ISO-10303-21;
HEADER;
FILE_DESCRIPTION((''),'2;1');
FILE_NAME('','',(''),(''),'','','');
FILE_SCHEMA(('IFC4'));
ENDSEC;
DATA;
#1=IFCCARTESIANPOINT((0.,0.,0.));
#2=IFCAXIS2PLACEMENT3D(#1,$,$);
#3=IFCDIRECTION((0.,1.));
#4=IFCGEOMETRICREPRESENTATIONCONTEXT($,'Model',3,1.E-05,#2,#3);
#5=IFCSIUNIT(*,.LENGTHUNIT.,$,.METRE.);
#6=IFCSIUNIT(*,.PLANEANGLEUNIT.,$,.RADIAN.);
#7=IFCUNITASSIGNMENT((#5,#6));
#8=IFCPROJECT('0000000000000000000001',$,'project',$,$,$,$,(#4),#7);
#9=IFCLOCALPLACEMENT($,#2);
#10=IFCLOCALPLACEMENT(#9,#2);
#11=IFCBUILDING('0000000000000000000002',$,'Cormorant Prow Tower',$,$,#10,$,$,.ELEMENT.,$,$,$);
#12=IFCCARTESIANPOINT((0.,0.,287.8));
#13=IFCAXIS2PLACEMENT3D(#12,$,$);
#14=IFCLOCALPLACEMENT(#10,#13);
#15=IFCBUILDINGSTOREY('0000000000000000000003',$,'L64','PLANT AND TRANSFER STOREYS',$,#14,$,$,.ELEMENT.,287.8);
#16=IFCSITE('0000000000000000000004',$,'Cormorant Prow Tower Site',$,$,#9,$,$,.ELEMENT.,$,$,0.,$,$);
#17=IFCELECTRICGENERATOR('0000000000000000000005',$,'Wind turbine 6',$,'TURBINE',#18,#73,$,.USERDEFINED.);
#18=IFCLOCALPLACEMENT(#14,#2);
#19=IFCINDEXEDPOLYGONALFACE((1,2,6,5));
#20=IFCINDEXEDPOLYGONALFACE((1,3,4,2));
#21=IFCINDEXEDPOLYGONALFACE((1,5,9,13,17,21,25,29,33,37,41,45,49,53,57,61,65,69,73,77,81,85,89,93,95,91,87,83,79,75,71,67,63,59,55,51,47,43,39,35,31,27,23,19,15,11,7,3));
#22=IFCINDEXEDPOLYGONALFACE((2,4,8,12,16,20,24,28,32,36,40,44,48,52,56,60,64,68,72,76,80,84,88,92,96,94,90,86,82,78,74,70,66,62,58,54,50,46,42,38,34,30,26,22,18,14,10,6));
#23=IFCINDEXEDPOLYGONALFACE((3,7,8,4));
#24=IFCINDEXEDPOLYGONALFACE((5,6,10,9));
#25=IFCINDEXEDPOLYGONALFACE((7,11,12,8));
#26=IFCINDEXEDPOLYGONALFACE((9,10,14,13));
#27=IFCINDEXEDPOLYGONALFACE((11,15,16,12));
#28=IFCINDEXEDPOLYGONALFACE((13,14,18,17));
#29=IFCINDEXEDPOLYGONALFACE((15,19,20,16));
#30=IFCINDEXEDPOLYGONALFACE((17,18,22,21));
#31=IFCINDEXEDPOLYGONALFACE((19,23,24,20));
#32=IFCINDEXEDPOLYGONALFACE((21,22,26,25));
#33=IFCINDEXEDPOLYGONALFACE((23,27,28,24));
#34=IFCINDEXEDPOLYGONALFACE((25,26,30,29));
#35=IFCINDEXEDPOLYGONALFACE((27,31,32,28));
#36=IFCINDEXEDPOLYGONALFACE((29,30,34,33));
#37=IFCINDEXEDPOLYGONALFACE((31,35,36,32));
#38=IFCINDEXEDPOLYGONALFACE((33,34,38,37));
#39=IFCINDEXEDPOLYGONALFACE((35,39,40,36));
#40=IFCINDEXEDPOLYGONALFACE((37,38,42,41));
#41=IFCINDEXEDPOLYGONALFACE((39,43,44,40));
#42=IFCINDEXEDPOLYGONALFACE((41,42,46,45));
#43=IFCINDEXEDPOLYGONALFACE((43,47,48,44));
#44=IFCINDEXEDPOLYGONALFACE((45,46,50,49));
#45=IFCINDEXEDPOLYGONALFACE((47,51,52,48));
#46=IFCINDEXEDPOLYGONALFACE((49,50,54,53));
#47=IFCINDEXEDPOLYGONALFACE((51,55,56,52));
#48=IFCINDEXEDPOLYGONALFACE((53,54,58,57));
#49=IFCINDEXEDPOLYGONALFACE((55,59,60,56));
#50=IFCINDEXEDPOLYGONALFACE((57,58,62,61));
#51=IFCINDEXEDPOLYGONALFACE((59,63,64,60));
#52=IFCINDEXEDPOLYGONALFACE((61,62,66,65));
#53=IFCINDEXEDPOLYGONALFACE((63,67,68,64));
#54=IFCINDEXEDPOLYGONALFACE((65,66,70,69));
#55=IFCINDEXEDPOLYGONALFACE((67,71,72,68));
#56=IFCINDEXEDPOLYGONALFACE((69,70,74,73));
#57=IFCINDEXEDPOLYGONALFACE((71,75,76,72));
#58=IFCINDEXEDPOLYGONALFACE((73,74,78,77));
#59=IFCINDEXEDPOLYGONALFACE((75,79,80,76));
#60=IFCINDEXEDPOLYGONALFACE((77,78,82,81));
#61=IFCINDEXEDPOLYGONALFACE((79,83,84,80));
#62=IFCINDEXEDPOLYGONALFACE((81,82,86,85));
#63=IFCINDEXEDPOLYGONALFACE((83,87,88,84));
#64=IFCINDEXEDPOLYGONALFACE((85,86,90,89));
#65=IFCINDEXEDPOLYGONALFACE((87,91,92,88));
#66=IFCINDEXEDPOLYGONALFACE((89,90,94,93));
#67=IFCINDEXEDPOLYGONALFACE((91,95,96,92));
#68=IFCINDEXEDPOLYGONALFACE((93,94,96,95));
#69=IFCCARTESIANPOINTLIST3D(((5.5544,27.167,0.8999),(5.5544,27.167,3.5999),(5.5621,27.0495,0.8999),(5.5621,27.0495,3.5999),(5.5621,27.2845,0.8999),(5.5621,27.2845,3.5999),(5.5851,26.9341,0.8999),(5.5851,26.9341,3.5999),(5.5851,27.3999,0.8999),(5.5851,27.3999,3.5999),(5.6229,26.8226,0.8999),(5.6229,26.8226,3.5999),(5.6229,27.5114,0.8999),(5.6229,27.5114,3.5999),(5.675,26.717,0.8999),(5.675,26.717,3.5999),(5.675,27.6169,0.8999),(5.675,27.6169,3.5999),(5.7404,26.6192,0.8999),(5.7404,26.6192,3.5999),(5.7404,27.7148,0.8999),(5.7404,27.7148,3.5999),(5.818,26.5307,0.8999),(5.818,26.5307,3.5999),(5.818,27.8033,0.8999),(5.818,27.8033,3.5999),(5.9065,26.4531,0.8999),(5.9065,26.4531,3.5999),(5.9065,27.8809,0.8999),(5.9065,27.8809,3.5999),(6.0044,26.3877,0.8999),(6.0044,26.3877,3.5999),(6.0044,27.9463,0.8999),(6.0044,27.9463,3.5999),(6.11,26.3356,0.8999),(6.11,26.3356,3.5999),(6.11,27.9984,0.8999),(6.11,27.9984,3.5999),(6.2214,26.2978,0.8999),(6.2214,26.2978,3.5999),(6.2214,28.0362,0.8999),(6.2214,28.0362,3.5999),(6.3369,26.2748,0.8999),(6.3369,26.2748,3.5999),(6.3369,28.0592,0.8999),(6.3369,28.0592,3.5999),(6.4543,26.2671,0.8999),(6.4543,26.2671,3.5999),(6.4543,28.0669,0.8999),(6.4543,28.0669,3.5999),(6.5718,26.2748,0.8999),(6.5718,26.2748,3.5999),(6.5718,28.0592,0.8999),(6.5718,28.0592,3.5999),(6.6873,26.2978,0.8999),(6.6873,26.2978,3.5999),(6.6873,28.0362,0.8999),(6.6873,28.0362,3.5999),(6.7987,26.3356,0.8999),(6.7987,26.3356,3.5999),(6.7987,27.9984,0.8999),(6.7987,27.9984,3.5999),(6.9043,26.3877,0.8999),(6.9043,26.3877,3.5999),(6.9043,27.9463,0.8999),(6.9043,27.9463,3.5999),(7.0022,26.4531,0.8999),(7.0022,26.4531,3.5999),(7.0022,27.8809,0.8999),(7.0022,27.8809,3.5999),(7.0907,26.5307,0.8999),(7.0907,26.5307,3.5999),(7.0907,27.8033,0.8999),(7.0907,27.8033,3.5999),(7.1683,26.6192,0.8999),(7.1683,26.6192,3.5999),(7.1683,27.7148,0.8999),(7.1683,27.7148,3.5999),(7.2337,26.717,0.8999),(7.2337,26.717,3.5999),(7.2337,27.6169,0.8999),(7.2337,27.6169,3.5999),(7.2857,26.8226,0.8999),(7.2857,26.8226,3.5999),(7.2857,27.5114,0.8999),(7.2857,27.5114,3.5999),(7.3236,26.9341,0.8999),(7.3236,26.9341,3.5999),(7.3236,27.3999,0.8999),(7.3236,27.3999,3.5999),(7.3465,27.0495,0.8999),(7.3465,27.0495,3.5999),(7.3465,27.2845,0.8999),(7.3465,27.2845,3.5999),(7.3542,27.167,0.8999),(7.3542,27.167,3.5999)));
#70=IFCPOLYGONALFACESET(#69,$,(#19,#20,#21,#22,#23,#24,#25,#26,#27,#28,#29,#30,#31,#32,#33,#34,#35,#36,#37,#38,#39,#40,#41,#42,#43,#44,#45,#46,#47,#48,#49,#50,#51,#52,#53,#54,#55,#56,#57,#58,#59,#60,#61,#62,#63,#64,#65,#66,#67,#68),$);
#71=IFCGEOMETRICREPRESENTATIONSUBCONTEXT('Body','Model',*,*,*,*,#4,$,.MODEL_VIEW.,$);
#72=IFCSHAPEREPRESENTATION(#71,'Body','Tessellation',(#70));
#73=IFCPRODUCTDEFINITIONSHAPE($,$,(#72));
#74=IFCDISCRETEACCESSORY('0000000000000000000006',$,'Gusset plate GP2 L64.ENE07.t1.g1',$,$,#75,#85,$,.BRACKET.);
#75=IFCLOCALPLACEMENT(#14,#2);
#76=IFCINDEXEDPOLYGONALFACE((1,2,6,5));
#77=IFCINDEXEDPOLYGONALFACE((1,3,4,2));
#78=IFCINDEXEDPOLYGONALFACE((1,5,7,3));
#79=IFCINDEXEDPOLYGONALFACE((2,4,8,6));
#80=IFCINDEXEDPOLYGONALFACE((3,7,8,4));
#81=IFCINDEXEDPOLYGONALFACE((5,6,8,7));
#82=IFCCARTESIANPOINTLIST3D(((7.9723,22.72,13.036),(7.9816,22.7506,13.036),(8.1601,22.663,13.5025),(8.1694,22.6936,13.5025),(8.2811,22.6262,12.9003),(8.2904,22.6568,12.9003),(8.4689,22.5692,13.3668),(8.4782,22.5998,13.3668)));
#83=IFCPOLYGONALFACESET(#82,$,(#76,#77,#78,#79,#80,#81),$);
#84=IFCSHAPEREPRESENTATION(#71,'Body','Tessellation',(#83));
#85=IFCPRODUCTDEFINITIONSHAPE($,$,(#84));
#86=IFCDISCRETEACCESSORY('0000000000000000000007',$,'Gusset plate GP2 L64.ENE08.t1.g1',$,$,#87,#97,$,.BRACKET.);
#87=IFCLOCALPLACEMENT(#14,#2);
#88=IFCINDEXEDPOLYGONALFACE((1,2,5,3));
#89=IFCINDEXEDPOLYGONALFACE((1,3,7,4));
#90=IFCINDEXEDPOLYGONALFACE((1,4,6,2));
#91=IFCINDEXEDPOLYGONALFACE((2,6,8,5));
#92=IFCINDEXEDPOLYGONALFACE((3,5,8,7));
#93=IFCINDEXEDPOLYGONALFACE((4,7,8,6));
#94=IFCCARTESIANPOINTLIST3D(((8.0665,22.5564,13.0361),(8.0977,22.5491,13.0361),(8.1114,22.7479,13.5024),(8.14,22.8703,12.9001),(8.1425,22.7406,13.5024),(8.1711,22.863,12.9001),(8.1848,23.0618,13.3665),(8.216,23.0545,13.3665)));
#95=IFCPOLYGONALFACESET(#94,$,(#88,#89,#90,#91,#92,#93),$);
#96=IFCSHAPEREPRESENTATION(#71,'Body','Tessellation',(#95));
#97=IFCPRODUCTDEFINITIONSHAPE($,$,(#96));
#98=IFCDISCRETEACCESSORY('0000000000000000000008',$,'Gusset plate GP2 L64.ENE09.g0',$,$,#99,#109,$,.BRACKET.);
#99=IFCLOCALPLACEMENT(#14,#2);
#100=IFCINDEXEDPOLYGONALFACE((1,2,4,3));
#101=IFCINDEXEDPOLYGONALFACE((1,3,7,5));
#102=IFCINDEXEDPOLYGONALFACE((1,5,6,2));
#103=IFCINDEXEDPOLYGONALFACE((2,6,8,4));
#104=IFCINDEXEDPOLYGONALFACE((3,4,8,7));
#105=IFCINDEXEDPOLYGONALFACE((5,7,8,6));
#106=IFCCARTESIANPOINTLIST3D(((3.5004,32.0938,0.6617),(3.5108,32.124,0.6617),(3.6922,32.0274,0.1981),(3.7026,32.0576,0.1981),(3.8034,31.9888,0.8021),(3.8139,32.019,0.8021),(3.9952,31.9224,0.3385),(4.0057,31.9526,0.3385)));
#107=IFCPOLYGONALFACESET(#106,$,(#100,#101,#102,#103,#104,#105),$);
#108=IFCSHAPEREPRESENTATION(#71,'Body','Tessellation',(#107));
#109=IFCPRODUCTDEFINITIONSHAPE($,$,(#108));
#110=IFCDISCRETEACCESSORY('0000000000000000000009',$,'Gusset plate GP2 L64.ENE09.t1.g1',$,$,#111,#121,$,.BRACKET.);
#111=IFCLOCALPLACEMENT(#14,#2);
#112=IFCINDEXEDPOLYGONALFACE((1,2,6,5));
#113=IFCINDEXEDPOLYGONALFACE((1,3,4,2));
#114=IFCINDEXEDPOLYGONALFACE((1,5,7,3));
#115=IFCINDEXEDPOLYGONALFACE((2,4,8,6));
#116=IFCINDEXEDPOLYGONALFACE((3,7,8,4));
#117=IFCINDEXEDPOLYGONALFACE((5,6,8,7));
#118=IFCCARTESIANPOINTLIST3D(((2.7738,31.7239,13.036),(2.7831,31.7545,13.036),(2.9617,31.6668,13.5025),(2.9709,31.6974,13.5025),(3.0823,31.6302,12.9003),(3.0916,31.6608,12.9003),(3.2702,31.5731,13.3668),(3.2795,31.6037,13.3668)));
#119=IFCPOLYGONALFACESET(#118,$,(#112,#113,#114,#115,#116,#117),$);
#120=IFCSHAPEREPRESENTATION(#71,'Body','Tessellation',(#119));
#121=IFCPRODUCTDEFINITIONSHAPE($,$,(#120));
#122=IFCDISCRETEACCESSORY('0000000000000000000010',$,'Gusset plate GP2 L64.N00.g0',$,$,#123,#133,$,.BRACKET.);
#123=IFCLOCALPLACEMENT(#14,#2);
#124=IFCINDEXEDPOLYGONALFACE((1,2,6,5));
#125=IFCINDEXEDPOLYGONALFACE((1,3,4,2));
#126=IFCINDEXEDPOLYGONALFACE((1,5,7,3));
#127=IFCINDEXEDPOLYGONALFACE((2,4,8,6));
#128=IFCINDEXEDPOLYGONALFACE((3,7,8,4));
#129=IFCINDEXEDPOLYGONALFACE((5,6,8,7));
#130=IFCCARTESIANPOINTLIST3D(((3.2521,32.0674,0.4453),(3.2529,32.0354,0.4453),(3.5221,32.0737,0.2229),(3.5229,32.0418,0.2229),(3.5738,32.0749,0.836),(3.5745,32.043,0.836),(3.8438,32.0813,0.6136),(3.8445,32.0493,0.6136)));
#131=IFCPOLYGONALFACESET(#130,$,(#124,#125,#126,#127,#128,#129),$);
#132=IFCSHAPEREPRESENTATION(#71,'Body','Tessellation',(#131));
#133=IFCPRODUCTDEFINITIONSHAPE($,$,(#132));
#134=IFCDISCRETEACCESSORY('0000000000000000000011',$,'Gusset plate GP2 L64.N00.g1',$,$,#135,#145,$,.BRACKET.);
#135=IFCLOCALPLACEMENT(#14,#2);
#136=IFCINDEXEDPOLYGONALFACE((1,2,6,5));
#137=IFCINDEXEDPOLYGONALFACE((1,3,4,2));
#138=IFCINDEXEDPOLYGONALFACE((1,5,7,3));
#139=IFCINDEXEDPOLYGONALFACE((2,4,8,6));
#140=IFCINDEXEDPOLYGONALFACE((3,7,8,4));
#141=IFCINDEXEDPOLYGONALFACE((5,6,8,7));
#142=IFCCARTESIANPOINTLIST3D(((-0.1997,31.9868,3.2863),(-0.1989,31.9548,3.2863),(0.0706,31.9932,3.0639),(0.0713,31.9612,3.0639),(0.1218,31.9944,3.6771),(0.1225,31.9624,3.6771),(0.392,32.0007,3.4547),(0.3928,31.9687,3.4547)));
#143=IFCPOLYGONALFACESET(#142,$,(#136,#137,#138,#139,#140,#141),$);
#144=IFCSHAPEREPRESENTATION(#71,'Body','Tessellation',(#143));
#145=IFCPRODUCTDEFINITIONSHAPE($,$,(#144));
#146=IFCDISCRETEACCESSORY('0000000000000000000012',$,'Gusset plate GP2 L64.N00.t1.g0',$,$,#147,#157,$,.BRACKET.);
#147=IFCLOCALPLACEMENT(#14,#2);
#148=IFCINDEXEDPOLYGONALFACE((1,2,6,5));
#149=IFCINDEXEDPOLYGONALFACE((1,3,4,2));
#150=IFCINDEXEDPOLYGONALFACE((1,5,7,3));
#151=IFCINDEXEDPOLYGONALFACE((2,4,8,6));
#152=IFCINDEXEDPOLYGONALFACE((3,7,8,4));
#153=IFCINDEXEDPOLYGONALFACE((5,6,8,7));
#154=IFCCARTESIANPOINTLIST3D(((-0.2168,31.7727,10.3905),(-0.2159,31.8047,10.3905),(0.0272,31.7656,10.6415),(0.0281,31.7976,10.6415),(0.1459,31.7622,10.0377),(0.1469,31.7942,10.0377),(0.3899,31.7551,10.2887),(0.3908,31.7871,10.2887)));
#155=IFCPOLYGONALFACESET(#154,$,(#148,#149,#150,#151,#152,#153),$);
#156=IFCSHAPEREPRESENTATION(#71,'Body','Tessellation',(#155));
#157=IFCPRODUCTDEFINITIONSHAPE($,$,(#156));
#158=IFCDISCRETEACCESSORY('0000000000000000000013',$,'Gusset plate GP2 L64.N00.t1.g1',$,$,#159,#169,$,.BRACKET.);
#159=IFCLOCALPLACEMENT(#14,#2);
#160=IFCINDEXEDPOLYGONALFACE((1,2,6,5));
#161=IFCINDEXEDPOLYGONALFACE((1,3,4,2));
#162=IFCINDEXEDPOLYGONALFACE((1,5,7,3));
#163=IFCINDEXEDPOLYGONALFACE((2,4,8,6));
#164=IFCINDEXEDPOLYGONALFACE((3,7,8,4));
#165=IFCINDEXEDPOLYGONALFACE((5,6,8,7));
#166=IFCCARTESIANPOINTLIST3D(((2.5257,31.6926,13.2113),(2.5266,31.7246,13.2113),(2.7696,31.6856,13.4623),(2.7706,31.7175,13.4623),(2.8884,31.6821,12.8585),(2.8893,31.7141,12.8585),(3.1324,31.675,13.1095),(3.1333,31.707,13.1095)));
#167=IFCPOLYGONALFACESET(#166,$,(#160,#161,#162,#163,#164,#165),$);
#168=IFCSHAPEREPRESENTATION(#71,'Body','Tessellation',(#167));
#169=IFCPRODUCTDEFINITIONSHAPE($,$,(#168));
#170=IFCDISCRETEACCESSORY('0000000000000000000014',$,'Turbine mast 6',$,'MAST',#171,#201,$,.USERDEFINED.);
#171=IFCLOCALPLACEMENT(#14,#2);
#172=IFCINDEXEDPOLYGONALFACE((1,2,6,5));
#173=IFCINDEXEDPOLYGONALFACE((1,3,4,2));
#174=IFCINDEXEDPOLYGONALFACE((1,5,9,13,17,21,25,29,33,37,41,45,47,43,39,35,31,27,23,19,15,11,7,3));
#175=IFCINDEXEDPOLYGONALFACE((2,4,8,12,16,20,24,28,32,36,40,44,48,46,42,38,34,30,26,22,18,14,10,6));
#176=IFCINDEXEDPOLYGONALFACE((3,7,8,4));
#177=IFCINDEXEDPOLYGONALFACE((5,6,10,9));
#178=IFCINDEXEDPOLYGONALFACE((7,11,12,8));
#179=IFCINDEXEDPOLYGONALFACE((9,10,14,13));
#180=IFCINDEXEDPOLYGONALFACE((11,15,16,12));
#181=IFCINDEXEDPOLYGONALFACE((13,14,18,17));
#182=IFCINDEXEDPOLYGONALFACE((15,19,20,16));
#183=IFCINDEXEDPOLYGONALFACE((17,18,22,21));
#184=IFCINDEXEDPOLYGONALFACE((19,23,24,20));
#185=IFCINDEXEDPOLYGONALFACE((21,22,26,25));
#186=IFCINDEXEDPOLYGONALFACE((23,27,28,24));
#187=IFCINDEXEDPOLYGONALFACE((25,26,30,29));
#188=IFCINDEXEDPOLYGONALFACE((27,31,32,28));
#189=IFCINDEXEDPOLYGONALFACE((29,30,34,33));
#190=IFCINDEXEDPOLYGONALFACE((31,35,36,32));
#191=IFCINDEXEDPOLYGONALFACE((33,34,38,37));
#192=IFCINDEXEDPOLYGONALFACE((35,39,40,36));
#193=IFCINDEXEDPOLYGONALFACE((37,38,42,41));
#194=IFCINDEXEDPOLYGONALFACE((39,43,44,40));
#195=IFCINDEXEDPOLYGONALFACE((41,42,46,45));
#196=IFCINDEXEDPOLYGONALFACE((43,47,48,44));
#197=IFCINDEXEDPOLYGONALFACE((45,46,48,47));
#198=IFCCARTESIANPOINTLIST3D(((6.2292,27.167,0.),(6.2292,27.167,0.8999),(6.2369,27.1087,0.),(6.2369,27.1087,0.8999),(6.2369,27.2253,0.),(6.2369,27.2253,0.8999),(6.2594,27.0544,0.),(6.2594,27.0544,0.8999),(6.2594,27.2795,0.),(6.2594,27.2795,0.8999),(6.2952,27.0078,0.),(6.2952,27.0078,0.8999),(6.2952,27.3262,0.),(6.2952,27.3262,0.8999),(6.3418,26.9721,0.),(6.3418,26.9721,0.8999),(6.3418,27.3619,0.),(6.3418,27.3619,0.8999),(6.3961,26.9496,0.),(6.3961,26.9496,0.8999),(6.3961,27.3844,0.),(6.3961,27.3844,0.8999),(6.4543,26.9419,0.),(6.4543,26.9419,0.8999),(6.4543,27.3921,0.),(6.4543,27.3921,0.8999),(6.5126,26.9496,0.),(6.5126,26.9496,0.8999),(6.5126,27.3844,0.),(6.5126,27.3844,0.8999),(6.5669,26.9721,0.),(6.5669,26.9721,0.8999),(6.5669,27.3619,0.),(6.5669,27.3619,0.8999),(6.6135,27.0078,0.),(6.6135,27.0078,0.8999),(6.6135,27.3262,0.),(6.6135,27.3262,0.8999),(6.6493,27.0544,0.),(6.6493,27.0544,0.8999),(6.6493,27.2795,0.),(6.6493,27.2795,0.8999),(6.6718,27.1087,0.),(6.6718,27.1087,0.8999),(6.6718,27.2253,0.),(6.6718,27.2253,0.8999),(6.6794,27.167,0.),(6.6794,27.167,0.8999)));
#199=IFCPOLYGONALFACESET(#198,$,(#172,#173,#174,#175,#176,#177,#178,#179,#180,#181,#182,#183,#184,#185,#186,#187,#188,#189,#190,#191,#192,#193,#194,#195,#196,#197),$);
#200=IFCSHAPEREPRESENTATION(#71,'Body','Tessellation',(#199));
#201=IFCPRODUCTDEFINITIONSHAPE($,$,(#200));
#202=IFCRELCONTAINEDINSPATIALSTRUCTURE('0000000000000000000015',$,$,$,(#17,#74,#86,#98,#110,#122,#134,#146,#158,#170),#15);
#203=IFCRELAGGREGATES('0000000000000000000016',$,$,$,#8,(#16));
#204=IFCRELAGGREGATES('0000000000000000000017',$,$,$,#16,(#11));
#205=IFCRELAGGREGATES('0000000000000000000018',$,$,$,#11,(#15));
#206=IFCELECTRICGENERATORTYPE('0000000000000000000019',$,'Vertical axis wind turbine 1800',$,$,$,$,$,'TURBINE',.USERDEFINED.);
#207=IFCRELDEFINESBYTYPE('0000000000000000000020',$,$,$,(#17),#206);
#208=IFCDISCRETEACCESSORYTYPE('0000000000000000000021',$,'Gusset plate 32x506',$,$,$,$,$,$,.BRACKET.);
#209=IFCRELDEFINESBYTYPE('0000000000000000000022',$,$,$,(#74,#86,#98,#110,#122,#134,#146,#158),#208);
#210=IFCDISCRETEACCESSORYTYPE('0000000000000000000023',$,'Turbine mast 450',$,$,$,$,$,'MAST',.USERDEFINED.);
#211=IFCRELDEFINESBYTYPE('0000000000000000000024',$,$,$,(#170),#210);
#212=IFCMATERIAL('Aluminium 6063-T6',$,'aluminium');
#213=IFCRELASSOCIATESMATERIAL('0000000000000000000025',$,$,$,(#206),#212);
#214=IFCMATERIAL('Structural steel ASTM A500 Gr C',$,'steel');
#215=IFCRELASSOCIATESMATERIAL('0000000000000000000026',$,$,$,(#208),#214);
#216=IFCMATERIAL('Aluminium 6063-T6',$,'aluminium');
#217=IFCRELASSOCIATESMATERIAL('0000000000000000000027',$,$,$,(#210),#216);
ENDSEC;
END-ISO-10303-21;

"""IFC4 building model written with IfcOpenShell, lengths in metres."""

from ifc_helpers import new_model, si_unit, direction, frame, origin, origin_2d, place, context, subcontext, project, spatial, rectangle, circle, extrude, material, material_profile, profile_set, type_object, element, save


model = new_model("IFC4")

# Units and contexts
model_context = context("Model", 3, precision=1e-05, world=origin(), true_north=direction((0.0, 1.0)))
body_context = subcontext(model_context, "Body", "Model", "MODEL_VIEW")
ifc_project = project(units=[si_unit("LENGTHUNIT", "METRE"), si_unit("PLANEANGLEUNIT", "RADIAN")], contexts=[model_context])

# Site, building, storey
site_placement = place(None, origin())
site = spatial("IfcSite", under=ifc_project, at=site_placement, Name="Cormorant Prow Tower Site", CompositionType="ELEMENT", RefElevation=0.0)
building_placement = place(site_placement, origin())
building = spatial("IfcBuilding", under=site, at=building_placement, Name="Cormorant Prow Tower", CompositionType="ELEMENT")
storey_placement = place(building_placement, frame((0.0, 0.0, 287.8)))
storey = spatial("IfcBuildingStorey", under=building, at=storey_placement, Name="L64", Description="PLANT AND TRANSFER STOREYS", CompositionType="ELEMENT", Elevation=287.8)

# Electric generator
ifc_material_1 = material(Name="Aluminium 6063-T6", Category="aluminium")
ifc_material_profile_1 = material_profile(ifc_material_1, circle(Radius=0.8999, at=origin_2d()), Name="Vertical axis wind turbine 1800")
ifc_profile_set_1 = profile_set([ifc_material_profile_1], Name="Aluminium 6063-T6")
electric_generator_type = type_object("IfcElectricGeneratorType", Name="Vertical axis wind turbine 1800", ElementType="TURBINE", PredefinedType="USERDEFINED", material=ifc_profile_set_1)
electric_generator_placement = place(storey_placement, frame((6.4543, 27.167, 0.8999), z_axis=(0.0, 0.0, 1.0), x_axis=(1.0, 0.0, 0.0)))
element("IfcElectricGenerator", 1, at=electric_generator_placement, inside=storey, type_object=electric_generator_type, Name="Wind turbine 6", ObjectType="TURBINE", PredefinedType="USERDEFINED", context=body_context, shape_type="SweptSolid", body=[
    extrude(circle(Radius=0.8999, at=origin_2d()), origin(), (0.0, 0.0, 1.0), 2.7),
])

# Discrete accessories
ifc_material_2 = material(Name="Structural steel ASTM A500 Gr C", Category="steel")
ifc_material_profile_2 = material_profile(ifc_material_2, rectangle(XDim=0.032, YDim=0.5061, at=origin_2d()), Name="Gusset plate 32x506")
ifc_profile_set_2 = profile_set([ifc_material_profile_2], Name="Structural steel ASTM A500 Gr C")
discrete_accessory_type_1 = type_object("IfcDiscreteAccessoryType", Name="Gusset plate 32x506", PredefinedType="BRACKET", material=ifc_profile_set_2)
discrete_accessory_1_placement = place(storey_placement, frame((8.3796, 22.613, 13.1335), z_axis=(-0.882049, 0.267752, 0.387683), x_axis=(-0.290469, -0.956884, 0.0)))
element("IfcDiscreteAccessory", 2, at=discrete_accessory_1_placement, inside=storey, type_object=discrete_accessory_type_1, Name="Gusset plate GP2 L64.ENE07.t1.g1", PredefinedType="BRACKET", context=body_context, shape_type="SweptSolid", body=[
    extrude(rectangle(XDim=0.032, YDim=0.5061, at=origin_2d()), origin(), (0.0, 0.0, 1.0), 0.3501),
])
discrete_accessory_2_placement = place(storey_placement, frame((8.178, 22.9624, 13.1333), z_axis=(-0.20999, -0.897165, 0.388586), x_axis=(0.973685, -0.2279, 0.0)))
element("IfcDiscreteAccessory", 3, at=discrete_accessory_2_placement, inside=storey, type_object=discrete_accessory_type_1, Name="Gusset plate GP2 L64.ENE08.t1.g1", PredefinedType="BRACKET", context=body_context, shape_type="SweptSolid", body=[
    extrude(rectangle(XDim=0.032, YDim=0.5061, at=origin_2d()), origin(), (0.0, 0.0, 1.0), 0.3499),
])
discrete_accessory_3_placement = place(storey_placement, frame((3.9045, 31.9707, 0.5703), z_axis=(-0.865569, 0.299915, -0.401049), x_axis=(-0.327398, -0.944886, 0.0)))
element("IfcDiscreteAccessory", 4, at=discrete_accessory_3_placement, inside=storey, type_object=discrete_accessory_type_1, Name="Gusset plate GP2 L64.ENE09.g0", PredefinedType="BRACKET", context=body_context, shape_type="SweptSolid", body=[
    extrude(rectangle(XDim=0.032, YDim=0.5061, at=origin_2d()), origin(), (0.0, 0.0, 1.0), 0.3501),
])
for number, where, z_axis, x_axis, name in (
    (5, (3.1809, 31.6169, 13.1335), (-0.881894, 0.267917, 0.387922), (-0.29068, -0.95682, 0.0), "Gusset plate GP2 L64.ENE09.t1.g1"),
    (6, (3.4133, 32.0552, 0.6406), (0.771743, 0.018142, -0.635676), (-0.023502, 0.999724, 0.0), "Gusset plate GP2 L64.N00.g0"),
):
    element("IfcDiscreteAccessory", number, at=place(storey_placement, frame(where, z_axis=z_axis, x_axis=x_axis)), inside=storey, type_object=discrete_accessory_type_1, Name=name, PredefinedType="BRACKET", context=body_context, shape_type="SweptSolid", body=[
        extrude(rectangle(XDim=0.032, YDim=0.5061, at=origin_2d()), origin(), (0.0, 0.0, 1.0), 0.3499),
    ])
for number, where, z_axis, x_axis, name in (
    (7, (0.2317, 31.981, 3.2593), (-0.772025, -0.018132, 0.635334), (0.02348, -0.999724, 0.0), "Gusset plate GP2 L64.N00.g1"),
    (8, (0.209, 31.7764, 10.4651), (-0.696776, 0.020227, -0.717003), (-0.029017, -0.999579, 0.0), "Gusset plate GP2 L64.N00.t1.g0"),
    (9, (2.7075, 31.7034, 13.0349), (0.696776, -0.020227, 0.717003), (0.029017, 0.999579, 0.0), "Gusset plate GP2 L64.N00.t1.g1"),
):
    element("IfcDiscreteAccessory", number, at=place(storey_placement, frame(where, z_axis=z_axis, x_axis=x_axis)), inside=storey, type_object=discrete_accessory_type_1, Name=name, PredefinedType="BRACKET", context=body_context, shape_type="SweptSolid", body=[
        extrude(rectangle(XDim=0.032, YDim=0.5061, at=origin_2d()), origin(), (0.0, 0.0, 1.0), 0.3501),
    ])
ifc_material_3 = material(Name="Aluminium 6063-T6", Category="aluminium")
ifc_material_profile_3 = material_profile(ifc_material_3, circle(Radius=0.2251, at=origin_2d()), Name="Turbine mast 450")
ifc_profile_set_3 = profile_set([ifc_material_profile_3], Name="Aluminium 6063-T6")
discrete_accessory_type_2 = type_object("IfcDiscreteAccessoryType", Name="Turbine mast 450", ElementType="MAST", PredefinedType="USERDEFINED", material=ifc_profile_set_3)
discrete_accessory_4_placement = place(storey_placement, frame((6.4543, 27.167, 0.0), z_axis=(0.0, 0.0, 1.0), x_axis=(1.0, 0.0, 0.0)))
element("IfcDiscreteAccessory", 10, at=discrete_accessory_4_placement, inside=storey, type_object=discrete_accessory_type_2, Name="Turbine mast 6", ObjectType="MAST", PredefinedType="USERDEFINED", context=body_context, shape_type="SweptSolid", body=[
    extrude(circle(Radius=0.2251, at=origin_2d()), origin(), (0.0, 0.0, 1.0), 0.8999),
])

save(model, "model.ifc")
